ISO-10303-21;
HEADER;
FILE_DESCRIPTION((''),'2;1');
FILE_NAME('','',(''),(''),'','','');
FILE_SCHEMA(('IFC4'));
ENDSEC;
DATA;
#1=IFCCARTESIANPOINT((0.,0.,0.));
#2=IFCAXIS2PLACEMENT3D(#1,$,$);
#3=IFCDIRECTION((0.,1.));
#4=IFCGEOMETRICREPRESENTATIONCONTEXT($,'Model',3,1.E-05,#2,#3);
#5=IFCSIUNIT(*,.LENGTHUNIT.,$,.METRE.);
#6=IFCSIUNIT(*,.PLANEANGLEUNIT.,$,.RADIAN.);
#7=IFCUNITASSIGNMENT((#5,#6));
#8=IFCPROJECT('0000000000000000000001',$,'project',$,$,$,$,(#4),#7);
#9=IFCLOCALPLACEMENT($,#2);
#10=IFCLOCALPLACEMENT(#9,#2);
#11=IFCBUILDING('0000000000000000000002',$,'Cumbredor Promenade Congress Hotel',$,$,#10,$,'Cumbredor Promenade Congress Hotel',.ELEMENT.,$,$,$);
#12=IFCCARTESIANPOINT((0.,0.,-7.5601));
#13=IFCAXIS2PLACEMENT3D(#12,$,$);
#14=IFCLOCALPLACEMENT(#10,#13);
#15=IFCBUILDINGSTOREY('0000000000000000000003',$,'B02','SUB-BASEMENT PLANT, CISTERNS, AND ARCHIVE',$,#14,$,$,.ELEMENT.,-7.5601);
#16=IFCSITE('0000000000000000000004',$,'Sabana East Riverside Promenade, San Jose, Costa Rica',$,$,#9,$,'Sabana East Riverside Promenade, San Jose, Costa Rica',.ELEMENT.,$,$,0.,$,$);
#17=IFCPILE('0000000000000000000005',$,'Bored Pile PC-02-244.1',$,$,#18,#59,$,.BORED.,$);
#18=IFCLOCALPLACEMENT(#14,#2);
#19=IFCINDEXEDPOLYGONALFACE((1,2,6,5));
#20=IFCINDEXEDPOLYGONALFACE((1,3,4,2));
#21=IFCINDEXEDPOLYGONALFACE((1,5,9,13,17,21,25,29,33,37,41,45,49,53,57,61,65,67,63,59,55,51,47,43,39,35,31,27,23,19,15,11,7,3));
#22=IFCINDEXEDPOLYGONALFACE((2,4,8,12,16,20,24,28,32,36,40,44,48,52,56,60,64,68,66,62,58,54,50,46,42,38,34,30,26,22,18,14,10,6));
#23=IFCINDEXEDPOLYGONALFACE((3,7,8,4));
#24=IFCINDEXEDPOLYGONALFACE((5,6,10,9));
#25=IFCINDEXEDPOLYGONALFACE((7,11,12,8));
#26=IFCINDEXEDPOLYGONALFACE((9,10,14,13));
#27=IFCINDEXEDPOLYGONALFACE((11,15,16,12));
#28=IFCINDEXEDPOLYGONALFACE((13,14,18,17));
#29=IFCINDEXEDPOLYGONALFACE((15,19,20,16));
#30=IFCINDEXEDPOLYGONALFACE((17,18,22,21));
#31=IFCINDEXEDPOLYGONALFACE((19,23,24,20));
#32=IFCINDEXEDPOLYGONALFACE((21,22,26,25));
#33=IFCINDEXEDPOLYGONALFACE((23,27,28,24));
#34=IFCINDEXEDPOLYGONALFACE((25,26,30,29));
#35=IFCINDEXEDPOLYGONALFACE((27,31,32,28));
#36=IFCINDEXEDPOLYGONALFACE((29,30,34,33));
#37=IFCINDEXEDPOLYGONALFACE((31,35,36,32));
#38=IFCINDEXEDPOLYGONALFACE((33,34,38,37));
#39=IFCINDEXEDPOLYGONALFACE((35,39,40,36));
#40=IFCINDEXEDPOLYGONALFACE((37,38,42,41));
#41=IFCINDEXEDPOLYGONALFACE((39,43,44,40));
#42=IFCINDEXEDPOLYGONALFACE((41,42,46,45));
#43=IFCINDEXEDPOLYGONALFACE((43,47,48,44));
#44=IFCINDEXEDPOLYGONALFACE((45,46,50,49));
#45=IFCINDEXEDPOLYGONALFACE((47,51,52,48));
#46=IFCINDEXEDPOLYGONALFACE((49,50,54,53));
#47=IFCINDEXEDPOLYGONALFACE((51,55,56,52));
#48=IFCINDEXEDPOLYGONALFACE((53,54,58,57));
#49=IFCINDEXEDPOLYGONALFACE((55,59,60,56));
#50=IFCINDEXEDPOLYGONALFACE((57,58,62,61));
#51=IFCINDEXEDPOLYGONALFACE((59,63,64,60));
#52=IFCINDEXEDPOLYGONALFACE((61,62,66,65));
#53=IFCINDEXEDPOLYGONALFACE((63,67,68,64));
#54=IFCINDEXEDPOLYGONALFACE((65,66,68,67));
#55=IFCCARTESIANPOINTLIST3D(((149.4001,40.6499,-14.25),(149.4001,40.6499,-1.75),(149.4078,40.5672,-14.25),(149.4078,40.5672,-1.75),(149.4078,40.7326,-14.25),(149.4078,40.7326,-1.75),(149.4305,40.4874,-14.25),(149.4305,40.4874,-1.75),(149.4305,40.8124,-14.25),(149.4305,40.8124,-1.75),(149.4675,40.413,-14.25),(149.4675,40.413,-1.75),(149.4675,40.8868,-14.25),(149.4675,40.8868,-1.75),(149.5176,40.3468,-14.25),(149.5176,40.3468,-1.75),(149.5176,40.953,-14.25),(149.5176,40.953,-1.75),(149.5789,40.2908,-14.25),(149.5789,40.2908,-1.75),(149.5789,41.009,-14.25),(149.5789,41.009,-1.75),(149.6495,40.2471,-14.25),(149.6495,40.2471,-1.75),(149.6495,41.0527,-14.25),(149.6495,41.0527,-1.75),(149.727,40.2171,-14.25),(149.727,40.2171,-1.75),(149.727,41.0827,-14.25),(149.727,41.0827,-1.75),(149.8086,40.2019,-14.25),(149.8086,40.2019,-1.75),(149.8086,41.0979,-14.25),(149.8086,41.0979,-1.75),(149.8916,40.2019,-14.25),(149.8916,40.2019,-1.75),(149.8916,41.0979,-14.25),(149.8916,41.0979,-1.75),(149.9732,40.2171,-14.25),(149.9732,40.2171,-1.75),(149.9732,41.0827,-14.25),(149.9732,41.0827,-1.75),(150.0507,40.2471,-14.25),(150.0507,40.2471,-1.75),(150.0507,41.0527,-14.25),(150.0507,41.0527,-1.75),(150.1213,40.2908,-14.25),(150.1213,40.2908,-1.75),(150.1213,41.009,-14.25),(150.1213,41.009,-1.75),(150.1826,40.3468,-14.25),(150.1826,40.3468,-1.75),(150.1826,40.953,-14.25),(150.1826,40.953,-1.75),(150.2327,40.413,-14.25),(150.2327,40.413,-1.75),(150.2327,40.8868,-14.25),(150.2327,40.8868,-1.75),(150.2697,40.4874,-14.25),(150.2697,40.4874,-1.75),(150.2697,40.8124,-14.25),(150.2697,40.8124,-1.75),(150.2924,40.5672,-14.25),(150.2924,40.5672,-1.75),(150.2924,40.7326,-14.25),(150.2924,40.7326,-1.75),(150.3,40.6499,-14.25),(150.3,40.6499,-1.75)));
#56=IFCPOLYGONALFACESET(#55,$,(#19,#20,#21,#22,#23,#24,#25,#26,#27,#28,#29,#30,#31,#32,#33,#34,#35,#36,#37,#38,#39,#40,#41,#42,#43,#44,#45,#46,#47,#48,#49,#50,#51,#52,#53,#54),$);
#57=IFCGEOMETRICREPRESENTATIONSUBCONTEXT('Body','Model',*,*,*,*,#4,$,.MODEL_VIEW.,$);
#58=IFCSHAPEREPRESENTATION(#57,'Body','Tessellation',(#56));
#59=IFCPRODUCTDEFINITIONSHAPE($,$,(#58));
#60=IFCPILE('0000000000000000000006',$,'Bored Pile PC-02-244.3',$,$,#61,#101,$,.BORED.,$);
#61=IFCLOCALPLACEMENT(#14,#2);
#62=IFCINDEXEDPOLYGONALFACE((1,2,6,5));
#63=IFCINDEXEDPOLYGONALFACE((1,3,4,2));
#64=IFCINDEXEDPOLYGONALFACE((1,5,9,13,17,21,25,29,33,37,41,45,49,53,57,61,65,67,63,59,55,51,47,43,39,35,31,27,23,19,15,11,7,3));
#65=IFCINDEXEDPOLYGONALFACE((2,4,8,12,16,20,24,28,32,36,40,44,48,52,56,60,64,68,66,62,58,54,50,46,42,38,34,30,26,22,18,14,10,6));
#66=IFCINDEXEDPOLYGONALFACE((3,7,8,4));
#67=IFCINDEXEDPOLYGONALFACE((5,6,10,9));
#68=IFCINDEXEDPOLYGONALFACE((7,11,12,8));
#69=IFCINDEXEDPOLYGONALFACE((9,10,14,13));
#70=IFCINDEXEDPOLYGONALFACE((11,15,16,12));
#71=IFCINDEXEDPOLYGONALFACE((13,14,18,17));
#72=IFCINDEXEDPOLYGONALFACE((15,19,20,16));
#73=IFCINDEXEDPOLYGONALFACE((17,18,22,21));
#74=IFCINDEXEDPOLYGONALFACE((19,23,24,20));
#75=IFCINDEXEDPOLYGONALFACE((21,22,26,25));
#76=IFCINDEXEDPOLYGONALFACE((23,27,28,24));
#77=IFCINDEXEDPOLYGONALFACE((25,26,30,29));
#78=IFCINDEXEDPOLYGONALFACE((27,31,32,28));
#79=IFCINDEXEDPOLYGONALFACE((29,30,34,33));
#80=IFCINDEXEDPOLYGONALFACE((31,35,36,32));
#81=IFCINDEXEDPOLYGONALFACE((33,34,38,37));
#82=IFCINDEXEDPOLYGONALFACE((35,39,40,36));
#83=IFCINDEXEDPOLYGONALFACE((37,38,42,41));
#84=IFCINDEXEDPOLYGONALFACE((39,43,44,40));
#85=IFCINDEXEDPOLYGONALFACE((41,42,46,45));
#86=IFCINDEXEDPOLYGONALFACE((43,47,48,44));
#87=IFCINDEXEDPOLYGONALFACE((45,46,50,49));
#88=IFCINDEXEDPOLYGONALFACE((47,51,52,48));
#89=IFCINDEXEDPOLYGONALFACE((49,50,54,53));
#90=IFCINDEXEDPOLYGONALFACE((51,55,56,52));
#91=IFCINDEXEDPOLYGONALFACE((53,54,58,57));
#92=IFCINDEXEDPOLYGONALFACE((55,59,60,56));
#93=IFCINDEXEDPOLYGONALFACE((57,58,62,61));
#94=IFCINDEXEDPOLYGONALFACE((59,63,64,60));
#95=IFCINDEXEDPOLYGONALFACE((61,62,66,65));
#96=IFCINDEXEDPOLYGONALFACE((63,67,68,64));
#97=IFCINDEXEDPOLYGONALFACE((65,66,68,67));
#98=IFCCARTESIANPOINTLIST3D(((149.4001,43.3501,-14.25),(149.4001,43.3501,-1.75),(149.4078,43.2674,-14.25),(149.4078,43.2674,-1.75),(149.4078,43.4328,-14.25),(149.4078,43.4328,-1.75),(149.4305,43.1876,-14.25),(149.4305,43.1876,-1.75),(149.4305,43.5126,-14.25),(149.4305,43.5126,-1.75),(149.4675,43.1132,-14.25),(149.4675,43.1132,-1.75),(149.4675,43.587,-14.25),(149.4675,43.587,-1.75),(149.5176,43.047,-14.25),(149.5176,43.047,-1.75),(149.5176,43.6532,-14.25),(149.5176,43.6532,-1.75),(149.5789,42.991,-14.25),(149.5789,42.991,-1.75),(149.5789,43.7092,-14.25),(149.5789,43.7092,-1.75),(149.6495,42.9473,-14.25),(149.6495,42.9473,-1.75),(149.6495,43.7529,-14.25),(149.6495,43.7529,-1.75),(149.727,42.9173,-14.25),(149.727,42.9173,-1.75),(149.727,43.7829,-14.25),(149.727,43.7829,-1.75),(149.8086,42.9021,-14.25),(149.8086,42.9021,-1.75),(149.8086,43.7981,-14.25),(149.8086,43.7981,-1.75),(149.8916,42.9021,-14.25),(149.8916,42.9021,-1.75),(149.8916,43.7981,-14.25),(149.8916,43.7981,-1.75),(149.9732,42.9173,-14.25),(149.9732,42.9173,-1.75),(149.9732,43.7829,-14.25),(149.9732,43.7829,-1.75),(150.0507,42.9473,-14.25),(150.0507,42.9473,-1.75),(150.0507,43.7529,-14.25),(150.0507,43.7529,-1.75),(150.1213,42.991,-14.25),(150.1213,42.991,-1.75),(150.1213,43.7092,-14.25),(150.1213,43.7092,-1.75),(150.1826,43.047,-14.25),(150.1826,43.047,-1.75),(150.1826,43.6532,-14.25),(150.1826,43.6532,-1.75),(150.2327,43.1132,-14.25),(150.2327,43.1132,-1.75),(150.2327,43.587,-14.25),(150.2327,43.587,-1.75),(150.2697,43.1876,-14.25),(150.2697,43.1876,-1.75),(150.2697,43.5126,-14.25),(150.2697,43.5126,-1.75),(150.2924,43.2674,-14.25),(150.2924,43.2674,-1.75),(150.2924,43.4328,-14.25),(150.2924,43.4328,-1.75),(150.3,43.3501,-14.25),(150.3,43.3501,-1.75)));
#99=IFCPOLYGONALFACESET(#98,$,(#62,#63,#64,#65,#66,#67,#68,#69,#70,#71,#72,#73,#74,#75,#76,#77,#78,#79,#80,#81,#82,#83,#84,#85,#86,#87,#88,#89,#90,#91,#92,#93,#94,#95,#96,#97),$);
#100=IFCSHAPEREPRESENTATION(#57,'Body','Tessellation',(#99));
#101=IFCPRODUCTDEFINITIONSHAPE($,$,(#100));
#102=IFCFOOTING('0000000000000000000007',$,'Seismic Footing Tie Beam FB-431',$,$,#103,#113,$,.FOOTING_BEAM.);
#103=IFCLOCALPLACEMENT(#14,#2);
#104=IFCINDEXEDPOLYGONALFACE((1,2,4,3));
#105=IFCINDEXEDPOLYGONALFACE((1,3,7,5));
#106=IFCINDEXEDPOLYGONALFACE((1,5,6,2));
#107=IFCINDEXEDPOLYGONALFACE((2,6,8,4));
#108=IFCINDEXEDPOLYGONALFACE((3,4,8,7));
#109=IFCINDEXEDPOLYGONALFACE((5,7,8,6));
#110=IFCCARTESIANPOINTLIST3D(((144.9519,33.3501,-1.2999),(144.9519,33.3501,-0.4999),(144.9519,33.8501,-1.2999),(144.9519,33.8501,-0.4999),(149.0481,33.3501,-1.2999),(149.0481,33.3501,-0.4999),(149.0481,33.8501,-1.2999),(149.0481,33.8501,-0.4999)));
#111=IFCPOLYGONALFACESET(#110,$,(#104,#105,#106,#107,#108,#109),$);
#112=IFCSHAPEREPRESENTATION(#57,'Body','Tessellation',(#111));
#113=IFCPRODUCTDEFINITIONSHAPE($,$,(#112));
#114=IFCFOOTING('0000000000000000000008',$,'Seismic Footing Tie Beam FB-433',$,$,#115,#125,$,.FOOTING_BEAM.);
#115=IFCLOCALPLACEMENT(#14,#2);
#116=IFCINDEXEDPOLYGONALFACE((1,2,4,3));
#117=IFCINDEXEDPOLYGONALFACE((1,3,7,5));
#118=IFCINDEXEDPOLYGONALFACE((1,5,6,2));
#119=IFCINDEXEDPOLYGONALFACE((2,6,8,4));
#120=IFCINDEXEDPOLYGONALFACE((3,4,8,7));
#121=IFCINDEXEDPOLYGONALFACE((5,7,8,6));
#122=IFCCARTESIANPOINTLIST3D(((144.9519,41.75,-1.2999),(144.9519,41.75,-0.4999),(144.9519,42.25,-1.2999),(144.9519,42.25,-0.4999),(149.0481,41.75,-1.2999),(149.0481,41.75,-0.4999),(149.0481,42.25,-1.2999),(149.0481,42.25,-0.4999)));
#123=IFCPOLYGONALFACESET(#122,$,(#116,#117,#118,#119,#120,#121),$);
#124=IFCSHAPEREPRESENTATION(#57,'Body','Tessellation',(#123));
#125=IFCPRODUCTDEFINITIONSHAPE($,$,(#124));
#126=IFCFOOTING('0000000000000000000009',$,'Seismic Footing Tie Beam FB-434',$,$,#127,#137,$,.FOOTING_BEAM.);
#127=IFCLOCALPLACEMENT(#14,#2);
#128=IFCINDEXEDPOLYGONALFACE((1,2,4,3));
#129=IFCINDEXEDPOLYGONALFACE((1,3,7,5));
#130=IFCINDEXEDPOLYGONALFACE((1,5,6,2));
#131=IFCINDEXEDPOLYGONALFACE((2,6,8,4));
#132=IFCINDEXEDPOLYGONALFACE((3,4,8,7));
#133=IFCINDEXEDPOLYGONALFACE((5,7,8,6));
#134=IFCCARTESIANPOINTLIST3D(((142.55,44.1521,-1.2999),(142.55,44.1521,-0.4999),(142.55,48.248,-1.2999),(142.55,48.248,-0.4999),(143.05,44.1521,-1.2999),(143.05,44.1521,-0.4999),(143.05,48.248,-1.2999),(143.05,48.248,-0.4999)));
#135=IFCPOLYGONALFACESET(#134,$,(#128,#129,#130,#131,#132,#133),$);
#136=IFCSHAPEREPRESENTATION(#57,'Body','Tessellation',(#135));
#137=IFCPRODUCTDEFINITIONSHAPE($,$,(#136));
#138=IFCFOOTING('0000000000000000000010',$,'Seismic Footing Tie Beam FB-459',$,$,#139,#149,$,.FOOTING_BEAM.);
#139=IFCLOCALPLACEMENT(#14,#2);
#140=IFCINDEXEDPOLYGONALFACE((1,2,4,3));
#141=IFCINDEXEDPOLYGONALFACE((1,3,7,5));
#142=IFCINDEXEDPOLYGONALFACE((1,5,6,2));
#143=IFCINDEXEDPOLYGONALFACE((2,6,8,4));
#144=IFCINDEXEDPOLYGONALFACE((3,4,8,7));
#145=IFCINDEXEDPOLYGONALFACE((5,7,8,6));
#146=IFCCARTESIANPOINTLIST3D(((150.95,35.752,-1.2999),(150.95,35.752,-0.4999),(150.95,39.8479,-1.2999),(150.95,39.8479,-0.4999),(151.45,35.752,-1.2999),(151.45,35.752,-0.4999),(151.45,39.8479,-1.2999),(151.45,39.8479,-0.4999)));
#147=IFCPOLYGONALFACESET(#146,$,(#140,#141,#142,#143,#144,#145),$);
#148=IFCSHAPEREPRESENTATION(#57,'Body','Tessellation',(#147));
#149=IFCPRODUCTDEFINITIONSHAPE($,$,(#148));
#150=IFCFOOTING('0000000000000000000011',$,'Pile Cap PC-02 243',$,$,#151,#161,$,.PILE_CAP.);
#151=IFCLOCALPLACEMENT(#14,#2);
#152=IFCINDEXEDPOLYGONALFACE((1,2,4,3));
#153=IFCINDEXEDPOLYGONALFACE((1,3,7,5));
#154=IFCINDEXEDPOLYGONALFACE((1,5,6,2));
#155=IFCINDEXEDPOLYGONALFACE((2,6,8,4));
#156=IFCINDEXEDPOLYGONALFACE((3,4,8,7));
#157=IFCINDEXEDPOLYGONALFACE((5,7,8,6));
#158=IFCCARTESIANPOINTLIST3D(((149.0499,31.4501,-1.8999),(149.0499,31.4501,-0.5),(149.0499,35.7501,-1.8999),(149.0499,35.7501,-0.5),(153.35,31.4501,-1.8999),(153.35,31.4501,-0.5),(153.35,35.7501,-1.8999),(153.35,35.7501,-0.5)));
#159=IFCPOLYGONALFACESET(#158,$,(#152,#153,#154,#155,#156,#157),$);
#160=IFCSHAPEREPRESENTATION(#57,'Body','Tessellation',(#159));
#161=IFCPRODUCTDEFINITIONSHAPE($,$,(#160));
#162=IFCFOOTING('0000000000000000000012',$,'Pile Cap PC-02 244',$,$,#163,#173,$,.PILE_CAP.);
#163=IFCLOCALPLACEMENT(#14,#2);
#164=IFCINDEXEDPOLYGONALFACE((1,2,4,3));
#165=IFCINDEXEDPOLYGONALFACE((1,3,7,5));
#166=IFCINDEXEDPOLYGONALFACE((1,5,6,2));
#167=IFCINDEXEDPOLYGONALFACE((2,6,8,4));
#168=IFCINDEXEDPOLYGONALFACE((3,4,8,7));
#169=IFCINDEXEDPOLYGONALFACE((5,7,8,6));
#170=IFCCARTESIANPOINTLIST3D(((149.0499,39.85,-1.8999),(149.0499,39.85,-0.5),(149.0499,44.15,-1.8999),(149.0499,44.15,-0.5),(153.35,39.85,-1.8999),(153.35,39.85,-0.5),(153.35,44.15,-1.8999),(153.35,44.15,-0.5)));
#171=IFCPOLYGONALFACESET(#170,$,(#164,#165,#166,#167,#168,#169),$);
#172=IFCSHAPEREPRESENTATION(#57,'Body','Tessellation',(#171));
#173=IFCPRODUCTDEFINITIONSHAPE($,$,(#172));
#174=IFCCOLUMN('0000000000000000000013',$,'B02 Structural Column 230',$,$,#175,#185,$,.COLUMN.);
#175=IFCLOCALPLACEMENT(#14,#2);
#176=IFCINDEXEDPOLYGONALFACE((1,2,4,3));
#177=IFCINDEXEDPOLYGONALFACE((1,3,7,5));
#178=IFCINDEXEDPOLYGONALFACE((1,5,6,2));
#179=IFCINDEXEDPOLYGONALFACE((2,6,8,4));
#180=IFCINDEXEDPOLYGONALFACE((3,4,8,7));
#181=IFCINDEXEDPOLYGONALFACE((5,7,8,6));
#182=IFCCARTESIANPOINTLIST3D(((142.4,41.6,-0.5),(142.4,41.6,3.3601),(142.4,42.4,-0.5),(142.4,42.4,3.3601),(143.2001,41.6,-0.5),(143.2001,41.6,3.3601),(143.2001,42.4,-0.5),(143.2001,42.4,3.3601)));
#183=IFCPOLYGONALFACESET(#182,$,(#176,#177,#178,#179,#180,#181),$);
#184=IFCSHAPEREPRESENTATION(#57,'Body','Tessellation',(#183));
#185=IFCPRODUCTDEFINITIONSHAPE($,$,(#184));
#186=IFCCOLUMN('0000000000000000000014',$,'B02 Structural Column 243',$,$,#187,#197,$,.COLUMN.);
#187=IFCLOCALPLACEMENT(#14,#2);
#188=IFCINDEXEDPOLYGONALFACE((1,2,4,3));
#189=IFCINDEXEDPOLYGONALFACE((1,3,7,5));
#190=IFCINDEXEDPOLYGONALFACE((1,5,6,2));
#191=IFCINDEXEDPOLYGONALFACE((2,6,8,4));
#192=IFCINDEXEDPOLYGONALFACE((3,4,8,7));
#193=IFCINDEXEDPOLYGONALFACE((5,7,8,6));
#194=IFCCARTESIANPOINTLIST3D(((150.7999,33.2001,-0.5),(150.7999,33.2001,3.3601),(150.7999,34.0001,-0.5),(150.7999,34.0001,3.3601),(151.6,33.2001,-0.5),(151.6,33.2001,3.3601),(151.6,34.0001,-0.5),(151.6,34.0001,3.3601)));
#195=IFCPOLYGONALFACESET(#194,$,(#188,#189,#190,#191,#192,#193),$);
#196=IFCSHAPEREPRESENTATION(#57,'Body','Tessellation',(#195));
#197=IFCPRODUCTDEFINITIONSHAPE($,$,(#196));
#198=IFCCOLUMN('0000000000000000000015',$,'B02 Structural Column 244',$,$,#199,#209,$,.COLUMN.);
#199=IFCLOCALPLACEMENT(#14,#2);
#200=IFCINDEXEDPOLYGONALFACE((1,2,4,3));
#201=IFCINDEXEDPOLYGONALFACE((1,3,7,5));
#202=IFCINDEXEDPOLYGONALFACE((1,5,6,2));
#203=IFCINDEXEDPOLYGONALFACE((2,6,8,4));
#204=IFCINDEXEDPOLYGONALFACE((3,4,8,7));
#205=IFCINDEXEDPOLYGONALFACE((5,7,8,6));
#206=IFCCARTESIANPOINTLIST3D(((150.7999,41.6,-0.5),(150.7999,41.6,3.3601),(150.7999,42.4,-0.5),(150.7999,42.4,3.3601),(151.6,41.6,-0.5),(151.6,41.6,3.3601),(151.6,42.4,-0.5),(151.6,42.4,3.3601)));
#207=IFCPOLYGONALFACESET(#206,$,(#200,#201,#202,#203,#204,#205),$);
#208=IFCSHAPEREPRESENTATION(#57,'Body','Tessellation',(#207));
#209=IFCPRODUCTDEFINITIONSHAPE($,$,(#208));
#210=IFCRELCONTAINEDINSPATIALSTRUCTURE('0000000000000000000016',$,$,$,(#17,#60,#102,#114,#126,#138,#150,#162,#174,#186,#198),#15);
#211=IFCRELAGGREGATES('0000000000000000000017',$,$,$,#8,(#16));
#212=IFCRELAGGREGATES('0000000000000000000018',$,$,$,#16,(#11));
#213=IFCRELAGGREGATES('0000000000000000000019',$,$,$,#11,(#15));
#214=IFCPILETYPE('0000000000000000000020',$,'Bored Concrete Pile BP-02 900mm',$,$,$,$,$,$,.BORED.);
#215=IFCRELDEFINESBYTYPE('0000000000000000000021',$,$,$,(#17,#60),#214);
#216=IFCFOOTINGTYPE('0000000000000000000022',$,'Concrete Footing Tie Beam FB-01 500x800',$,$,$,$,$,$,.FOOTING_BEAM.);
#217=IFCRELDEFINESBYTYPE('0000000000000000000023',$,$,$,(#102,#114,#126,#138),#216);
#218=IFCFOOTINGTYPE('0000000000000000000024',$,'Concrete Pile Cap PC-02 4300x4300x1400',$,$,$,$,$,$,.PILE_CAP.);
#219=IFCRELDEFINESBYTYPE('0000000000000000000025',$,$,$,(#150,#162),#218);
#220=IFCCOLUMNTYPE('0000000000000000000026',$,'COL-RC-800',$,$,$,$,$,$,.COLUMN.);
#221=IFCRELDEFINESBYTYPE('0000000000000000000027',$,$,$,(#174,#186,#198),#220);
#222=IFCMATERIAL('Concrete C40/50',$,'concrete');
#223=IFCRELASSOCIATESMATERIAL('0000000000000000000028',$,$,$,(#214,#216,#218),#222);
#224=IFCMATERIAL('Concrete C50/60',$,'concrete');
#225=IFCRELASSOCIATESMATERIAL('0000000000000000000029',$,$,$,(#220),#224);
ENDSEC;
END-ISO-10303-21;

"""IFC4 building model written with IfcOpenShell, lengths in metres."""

from ifc_helpers import new_model, si_unit, direction, frame, origin, origin_2d, place, context, subcontext, project, spatial, rectangle, circle, extrude, material, material_profile, profile_set, type_object, element, save


model = new_model("IFC4")

# Units and contexts
model_context = context("Model", 3, precision=1e-05, world=origin(), true_north=direction((0.0, 1.0)))
body_context = subcontext(model_context, "Body", "Model", "MODEL_VIEW")
ifc_project = project(units=[si_unit("LENGTHUNIT", "METRE"), si_unit("PLANEANGLEUNIT", "RADIAN")], contexts=[model_context])

# Site, building, storey
site_placement = place(None, origin())
site = spatial("IfcSite", under=ifc_project, at=site_placement, Name="Sabana East Riverside Promenade, San Jose, Costa Rica", LongName="Sabana East Riverside Promenade, San Jose, Costa Rica", CompositionType="ELEMENT", RefElevation=0.0)
building_placement = place(site_placement, origin())
building = spatial("IfcBuilding", under=site, at=building_placement, Name="Cumbredor Promenade Congress Hotel", LongName="Cumbredor Promenade Congress Hotel", CompositionType="ELEMENT")
storey_placement = place(building_placement, frame((0.0, 0.0, -7.5601)))
storey = spatial("IfcBuildingStorey", under=building, at=storey_placement, Name="B02", Description="SUB-BASEMENT PLANT, CISTERNS, AND ARCHIVE", CompositionType="ELEMENT", Elevation=-7.5601)

# Piles
ifc_material_1 = material(Name="Concrete C40/50", Category="concrete")
ifc_material_profile_1 = material_profile(ifc_material_1, circle(Radius=0.45, at=origin_2d()), Name="PILE D900")
ifc_profile_set_1 = profile_set([ifc_material_profile_1], Name="Concrete C40/50")
pile_type = type_object("IfcPileType", Name="Bored Concrete Pile BP-02 900mm", PredefinedType="BORED", material=ifc_profile_set_1)
for number, where, z_axis, x_axis, name in (
    (1, (149.8501, 40.6499, -1.75), (0.0, 0.0, -1.0), (1.0, 0.0, 0.0), "Bored Pile PC-02-244.1"),
    (2, (149.8501, 43.3501, -1.75), (0.0, 0.0, -1.0), (1.0, 0.0, 0.0), "Bored Pile PC-02-244.3"),
):
    element("IfcPile", number, at=place(storey_placement, frame(where, z_axis=z_axis, x_axis=x_axis)), inside=storey, type_object=pile_type, Name=name, PredefinedType="BORED", context=body_context, shape_type="SweptSolid", body=[
        extrude(circle(Radius=0.45, at=origin_2d()), origin(), (0.0, 0.0, 1.0), 12.5),
    ])

# Footings
ifc_material_profile_2 = material_profile(ifc_material_1, rectangle(XDim=0.5, YDim=0.8, at=origin_2d()), Name="FB 500x800")
ifc_profile_set_2 = profile_set([ifc_material_profile_2], Name="Concrete C40/50")
footing_type_1 = type_object("IfcFootingType", Name="Concrete Footing Tie Beam FB-01 500x800", PredefinedType="FOOTING_BEAM", material=ifc_profile_set_2)
for number, where, z_axis, x_axis, name in (
    (3, (144.9519, 33.6001, -0.8999), (1.0, 0.0, 0.0), (0.0, 1.0, 0.0), "Seismic Footing Tie Beam FB-431"),
    (4, (144.9519, 42.0, -0.8999), (1.0, 0.0, 0.0), (0.0, 1.0, 0.0), "Seismic Footing Tie Beam FB-433"),
):
    element("IfcFooting", number, at=place(storey_placement, frame(where, z_axis=z_axis, x_axis=x_axis)), inside=storey, type_object=footing_type_1, Name=name, PredefinedType="FOOTING_BEAM", context=body_context, shape_type="SweptSolid", body=[
        extrude(rectangle(XDim=0.5, YDim=0.8, at=origin_2d()), origin(), (0.0, 0.0, 1.0), 4.0962),
    ])
for number, where, z_axis, x_axis, name in (
    (5, (142.8, 44.1521, -0.8999), (0.0, 1.0, 0.0), (-1.0, 0.0, 0.0), "Seismic Footing Tie Beam FB-434"),
    (6, (151.2, 35.752, -0.8999), (0.0, 1.0, 0.0), (-1.0, 0.0, 0.0), "Seismic Footing Tie Beam FB-459"),
):
    element("IfcFooting", number, at=place(storey_placement, frame(where, z_axis=z_axis, x_axis=x_axis)), inside=storey, type_object=footing_type_1, Name=name, PredefinedType="FOOTING_BEAM", context=body_context, shape_type="SweptSolid", body=[
        extrude(rectangle(XDim=0.5, YDim=0.8, at=origin_2d()), origin(), (0.0, 0.0, 1.0), 4.0959),
    ])
footing_type_2 = type_object("IfcFootingType", Name="Concrete Pile Cap PC-02 4300x4300x1400", PredefinedType="PILE_CAP", material=ifc_material_1)
for number, where, z_axis, x_axis, name in (
    (7, (151.2, 33.6001, -1.8999), (0.0, 0.0, 1.0), (1.0, 0.0, 0.0), "Pile Cap PC-02 243"),
    (8, (151.2, 42.0, -1.8999), (0.0, 0.0, 1.0), (1.0, 0.0, 0.0), "Pile Cap PC-02 244"),
):
    element("IfcFooting", number, at=place(storey_placement, frame(where, z_axis=z_axis, x_axis=x_axis)), inside=storey, type_object=footing_type_2, Name=name, PredefinedType="PILE_CAP", context=body_context, shape_type="SweptSolid", body=[
        extrude(rectangle(XDim=4.3, YDim=4.3, at=origin_2d()), origin(), (0.0, 0.0, 1.0), 1.3999),
    ])

# Columns
ifc_material_2 = material(Name="Concrete C50/60", Category="concrete")
ifc_material_profile_3 = material_profile(ifc_material_2, rectangle(XDim=0.8, YDim=0.8, at=origin_2d()), Name="RC 800x800")
ifc_profile_set_3 = profile_set([ifc_material_profile_3], Name="Concrete C50/60")
column_type = type_object("IfcColumnType", Name="COL-RC-800", PredefinedType="COLUMN", material=ifc_profile_set_3)
for number, where, z_axis, x_axis, name in (
    (9, (142.8, 42.0, -0.5), (0.0, 0.0, 1.0), (1.0, 0.0, 0.0), "B02 Structural Column 230"),
    (10, (151.2, 33.6001, -0.5), (0.0, 0.0, 1.0), (1.0, 0.0, 0.0), "B02 Structural Column 243"),
    (11, (151.2, 42.0, -0.5), (0.0, 0.0, 1.0), (1.0, 0.0, 0.0), "B02 Structural Column 244"),
):
    element("IfcColumn", number, at=place(storey_placement, frame(where, z_axis=z_axis, x_axis=x_axis)), inside=storey, type_object=column_type, Name=name, PredefinedType="COLUMN", context=body_context, shape_type="SweptSolid", body=[
        extrude(rectangle(XDim=0.8, YDim=0.8, at=origin_2d()), origin(), (0.0, 0.0, 1.0), 3.8601),
    ])

save(model, "model.ifc")
